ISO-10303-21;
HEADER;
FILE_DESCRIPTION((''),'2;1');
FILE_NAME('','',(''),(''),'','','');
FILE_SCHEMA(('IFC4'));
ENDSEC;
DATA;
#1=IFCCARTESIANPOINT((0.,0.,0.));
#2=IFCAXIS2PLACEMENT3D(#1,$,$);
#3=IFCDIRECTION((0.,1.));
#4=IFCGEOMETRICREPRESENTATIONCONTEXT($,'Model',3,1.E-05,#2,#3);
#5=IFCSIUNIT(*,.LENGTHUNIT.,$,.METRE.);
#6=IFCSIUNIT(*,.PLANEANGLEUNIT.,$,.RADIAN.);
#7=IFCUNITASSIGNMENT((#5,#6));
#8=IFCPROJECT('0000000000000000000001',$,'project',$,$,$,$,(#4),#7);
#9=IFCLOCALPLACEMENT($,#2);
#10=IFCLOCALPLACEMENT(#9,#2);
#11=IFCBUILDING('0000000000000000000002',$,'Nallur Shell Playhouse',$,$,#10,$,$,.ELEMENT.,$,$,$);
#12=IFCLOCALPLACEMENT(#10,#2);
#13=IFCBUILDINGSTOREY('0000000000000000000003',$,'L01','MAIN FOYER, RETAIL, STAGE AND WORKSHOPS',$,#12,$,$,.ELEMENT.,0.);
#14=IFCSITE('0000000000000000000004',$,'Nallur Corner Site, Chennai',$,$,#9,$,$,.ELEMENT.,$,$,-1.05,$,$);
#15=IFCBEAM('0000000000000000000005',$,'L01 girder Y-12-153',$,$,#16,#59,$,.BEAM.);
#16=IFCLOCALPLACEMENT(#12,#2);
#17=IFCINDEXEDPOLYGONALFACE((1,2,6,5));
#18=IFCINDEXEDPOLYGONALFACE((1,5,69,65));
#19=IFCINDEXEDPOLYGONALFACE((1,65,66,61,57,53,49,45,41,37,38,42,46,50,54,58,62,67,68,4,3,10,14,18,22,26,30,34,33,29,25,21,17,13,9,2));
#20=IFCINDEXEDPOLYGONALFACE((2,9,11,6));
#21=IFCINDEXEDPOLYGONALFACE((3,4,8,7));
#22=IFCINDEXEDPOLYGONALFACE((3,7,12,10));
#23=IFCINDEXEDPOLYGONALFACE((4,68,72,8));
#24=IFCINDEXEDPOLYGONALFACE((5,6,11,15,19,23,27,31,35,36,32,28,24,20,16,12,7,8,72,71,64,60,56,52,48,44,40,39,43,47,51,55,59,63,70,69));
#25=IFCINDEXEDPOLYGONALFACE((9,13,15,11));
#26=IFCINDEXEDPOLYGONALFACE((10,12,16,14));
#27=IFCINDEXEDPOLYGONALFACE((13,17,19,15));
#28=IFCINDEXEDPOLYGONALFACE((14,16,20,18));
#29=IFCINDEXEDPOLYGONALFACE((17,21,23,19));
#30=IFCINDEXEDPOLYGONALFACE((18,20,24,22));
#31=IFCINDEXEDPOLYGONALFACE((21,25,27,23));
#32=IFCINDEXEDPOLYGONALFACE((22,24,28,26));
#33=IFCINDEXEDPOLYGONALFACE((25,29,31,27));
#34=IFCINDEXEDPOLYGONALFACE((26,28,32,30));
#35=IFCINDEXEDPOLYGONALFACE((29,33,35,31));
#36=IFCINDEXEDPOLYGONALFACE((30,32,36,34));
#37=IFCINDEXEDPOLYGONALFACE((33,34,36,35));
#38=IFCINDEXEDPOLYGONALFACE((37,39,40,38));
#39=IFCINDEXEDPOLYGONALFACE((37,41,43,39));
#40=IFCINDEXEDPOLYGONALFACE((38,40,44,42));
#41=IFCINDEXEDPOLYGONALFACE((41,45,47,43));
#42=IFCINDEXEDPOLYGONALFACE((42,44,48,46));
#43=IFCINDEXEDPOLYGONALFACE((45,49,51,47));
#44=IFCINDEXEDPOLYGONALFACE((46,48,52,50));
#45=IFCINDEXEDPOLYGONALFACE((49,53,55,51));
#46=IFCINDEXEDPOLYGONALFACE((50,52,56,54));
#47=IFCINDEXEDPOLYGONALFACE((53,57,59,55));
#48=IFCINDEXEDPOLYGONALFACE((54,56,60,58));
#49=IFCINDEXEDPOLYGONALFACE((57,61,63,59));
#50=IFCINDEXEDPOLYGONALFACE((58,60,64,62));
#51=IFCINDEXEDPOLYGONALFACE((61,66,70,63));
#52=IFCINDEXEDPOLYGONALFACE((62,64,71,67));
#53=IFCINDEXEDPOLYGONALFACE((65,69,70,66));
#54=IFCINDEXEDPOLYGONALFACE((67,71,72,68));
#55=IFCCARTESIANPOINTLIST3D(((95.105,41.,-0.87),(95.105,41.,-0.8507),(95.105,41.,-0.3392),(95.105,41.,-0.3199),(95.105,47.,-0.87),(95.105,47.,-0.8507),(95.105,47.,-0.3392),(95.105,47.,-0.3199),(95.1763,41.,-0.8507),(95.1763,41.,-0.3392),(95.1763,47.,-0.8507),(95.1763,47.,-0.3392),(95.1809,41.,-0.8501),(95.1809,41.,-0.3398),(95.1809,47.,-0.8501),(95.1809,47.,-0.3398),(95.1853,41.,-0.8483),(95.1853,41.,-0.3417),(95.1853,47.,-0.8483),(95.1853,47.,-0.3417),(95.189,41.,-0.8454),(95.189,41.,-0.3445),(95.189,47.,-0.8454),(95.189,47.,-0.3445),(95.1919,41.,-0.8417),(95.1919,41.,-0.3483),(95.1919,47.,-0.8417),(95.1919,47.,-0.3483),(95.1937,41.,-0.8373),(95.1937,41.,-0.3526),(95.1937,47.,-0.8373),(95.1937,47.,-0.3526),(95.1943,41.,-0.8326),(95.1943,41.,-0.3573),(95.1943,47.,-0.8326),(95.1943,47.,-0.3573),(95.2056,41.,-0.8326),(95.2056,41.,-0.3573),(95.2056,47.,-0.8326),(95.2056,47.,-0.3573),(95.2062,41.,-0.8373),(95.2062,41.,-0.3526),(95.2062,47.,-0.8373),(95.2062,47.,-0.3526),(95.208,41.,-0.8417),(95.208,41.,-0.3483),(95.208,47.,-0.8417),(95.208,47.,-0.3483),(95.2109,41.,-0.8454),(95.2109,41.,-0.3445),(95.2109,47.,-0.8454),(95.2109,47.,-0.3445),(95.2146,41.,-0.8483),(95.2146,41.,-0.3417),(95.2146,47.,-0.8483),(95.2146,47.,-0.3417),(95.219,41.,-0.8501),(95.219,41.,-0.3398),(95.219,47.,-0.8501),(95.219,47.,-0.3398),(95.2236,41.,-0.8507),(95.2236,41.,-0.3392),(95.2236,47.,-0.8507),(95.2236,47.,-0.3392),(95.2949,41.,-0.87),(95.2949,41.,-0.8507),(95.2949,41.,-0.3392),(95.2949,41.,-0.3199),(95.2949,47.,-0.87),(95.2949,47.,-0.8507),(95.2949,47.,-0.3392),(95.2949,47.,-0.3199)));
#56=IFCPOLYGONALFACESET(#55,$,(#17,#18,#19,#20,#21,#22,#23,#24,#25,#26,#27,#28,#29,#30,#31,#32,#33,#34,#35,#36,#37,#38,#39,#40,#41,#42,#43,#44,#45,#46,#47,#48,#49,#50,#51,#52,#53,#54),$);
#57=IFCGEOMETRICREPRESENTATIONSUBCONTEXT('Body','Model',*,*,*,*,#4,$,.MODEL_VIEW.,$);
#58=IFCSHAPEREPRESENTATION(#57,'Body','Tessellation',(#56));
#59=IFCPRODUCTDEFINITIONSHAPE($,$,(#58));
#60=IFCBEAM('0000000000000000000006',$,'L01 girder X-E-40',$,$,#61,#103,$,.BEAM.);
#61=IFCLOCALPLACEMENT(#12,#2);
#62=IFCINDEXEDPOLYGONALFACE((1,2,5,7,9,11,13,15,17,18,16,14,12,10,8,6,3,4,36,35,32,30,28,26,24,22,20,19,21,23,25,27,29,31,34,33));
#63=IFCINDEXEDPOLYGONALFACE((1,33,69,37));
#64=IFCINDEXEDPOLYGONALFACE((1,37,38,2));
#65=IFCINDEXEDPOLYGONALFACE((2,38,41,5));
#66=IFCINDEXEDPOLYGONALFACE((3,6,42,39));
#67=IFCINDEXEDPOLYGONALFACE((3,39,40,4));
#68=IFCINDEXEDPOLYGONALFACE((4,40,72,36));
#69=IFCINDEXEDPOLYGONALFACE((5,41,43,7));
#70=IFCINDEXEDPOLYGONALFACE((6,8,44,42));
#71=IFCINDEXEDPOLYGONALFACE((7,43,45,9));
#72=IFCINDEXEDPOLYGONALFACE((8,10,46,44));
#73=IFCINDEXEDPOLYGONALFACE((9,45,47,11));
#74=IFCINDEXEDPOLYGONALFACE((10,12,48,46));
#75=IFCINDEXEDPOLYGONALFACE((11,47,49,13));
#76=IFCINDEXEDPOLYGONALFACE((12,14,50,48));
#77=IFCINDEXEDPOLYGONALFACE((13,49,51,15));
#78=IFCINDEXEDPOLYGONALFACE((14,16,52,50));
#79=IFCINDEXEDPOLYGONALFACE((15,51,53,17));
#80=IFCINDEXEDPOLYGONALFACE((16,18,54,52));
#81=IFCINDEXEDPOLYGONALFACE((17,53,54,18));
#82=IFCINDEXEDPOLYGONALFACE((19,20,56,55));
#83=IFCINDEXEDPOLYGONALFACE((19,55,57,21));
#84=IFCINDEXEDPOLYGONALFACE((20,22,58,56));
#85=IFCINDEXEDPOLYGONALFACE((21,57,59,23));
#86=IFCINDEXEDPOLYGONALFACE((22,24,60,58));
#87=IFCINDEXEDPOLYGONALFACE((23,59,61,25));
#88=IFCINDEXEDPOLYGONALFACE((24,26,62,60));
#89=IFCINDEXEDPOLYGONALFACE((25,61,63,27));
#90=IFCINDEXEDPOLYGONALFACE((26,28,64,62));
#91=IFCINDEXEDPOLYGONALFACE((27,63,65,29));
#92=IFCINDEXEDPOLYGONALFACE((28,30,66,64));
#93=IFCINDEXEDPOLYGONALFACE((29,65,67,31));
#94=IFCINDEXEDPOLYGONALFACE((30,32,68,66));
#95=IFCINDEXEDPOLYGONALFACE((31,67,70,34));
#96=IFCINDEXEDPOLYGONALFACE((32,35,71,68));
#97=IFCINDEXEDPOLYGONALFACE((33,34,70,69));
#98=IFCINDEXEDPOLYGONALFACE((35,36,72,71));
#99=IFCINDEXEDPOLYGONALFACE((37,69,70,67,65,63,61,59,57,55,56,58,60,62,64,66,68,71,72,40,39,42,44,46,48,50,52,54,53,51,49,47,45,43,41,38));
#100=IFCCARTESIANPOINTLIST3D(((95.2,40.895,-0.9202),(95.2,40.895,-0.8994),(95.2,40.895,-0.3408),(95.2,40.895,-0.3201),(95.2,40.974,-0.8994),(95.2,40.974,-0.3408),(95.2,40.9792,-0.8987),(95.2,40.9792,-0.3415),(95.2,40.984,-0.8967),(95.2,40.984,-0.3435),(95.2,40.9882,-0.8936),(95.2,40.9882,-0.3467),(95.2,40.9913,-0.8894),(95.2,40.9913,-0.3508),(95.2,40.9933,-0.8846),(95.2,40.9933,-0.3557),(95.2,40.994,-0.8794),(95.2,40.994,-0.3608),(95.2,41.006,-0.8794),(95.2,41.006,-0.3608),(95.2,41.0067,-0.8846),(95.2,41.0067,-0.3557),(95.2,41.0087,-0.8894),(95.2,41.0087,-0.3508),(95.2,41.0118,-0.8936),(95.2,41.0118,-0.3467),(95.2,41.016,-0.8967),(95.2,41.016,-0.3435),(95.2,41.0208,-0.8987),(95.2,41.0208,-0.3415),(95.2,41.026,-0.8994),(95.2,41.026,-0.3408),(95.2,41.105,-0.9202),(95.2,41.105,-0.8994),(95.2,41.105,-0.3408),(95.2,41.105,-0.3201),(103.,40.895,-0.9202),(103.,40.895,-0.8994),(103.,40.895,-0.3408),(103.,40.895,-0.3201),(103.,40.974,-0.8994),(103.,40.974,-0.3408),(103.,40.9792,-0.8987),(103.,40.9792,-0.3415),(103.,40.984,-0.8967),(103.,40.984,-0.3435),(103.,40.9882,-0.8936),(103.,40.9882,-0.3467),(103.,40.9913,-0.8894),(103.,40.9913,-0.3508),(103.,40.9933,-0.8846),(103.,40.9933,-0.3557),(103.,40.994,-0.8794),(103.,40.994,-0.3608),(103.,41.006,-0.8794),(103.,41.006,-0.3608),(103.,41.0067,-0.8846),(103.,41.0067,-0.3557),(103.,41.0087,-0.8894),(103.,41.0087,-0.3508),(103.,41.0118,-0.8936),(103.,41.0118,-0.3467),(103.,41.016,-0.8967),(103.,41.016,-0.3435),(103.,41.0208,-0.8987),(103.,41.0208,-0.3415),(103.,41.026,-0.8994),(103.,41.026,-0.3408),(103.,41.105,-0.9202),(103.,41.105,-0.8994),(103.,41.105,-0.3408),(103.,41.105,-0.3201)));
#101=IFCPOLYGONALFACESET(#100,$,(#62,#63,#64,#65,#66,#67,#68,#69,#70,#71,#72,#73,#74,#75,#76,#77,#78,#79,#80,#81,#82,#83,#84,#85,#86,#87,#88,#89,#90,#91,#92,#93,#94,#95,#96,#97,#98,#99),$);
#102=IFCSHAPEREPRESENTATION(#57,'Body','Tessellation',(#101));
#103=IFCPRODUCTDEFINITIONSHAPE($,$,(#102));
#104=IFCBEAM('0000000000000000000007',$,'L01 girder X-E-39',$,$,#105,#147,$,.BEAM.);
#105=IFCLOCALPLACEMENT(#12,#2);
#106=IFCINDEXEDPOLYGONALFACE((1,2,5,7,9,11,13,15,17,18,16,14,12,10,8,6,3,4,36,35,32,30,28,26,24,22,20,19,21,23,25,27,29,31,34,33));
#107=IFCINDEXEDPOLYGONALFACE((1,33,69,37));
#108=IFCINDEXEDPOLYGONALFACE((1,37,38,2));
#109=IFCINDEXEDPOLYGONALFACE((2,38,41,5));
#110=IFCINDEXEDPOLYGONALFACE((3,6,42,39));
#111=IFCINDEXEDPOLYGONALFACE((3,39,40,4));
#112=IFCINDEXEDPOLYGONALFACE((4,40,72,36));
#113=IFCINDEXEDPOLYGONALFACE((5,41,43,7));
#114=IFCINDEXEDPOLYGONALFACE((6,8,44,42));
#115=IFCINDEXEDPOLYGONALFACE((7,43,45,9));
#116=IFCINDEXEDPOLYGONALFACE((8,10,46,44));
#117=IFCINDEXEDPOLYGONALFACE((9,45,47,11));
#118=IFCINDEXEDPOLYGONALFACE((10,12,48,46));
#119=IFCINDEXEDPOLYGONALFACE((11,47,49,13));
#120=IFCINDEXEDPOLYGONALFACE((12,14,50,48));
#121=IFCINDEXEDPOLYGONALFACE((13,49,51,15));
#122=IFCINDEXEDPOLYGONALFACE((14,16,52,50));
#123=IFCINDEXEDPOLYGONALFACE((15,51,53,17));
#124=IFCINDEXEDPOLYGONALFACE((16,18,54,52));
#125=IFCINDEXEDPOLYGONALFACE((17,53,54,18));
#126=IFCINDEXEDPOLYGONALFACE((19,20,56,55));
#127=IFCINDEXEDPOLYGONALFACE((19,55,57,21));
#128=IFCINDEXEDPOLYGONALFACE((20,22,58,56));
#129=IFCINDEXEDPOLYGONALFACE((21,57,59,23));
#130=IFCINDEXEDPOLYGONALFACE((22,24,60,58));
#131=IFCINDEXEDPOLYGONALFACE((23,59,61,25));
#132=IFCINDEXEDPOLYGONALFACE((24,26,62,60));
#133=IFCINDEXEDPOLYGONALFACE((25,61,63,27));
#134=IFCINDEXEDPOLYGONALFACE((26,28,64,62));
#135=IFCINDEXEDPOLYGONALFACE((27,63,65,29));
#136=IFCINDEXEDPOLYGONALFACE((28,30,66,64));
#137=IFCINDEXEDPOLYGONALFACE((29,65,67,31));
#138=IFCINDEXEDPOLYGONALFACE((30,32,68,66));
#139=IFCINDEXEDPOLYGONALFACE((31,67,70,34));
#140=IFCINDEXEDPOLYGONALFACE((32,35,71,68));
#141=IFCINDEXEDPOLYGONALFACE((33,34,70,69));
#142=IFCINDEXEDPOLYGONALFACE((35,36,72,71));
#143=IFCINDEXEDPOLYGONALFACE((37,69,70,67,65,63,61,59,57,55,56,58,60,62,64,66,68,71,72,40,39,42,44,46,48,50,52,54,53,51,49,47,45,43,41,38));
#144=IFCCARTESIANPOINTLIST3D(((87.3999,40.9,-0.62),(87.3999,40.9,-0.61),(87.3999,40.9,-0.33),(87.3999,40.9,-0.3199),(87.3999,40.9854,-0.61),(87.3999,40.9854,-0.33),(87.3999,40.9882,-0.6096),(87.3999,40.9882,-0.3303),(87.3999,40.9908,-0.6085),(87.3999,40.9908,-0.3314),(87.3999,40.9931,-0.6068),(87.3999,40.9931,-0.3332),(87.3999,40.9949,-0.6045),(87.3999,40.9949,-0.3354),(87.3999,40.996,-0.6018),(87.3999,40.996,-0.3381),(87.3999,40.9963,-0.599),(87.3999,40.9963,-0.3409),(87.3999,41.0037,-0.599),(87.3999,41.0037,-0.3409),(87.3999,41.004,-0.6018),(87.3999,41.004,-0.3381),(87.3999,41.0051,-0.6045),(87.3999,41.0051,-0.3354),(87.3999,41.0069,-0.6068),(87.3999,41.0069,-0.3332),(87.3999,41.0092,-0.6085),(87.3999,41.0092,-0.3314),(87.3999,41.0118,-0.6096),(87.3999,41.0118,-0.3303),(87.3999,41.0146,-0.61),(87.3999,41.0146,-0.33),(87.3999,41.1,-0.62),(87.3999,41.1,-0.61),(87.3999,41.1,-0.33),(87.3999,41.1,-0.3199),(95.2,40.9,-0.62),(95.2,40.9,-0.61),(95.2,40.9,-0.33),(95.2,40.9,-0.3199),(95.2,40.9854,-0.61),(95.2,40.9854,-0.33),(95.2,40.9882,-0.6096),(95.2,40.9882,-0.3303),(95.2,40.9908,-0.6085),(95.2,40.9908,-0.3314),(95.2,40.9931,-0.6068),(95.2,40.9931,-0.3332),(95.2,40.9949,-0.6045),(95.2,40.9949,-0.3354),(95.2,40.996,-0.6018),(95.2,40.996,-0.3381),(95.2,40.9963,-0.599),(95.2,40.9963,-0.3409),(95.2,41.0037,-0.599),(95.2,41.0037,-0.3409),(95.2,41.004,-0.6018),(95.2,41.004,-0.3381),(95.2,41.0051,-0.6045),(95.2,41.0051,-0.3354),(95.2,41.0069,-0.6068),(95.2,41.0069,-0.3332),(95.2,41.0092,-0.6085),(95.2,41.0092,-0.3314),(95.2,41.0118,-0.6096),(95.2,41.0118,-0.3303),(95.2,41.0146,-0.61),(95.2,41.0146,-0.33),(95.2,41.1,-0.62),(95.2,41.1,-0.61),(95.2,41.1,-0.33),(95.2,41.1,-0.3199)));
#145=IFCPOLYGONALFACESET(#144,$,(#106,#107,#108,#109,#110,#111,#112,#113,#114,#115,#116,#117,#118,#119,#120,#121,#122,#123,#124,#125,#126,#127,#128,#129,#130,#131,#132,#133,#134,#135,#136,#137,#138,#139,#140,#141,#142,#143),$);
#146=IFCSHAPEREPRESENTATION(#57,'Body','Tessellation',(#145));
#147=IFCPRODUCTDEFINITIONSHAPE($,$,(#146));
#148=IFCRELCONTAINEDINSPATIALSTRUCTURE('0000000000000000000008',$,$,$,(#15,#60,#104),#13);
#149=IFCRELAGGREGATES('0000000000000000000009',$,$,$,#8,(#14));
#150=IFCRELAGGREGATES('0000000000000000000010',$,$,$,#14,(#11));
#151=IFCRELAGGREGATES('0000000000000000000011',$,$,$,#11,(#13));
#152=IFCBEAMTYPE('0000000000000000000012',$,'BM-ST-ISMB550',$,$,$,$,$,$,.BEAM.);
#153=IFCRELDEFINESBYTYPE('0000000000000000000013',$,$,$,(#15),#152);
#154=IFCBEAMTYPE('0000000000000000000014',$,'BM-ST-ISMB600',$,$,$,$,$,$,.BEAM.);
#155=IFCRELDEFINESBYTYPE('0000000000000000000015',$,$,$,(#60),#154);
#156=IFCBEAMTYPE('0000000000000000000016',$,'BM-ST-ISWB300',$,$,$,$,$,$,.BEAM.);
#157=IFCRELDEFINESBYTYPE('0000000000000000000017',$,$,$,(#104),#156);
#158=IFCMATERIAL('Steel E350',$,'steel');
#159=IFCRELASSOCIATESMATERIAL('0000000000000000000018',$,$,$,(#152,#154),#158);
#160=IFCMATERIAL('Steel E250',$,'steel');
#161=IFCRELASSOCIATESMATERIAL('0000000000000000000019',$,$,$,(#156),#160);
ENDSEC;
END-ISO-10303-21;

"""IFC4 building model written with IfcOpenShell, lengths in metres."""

from ifc_helpers import new_model, si_unit, direction, frame, origin, origin_2d, place, context, subcontext, project, spatial, i_section, extrude, material, material_profile, profile_set, type_object, element, save


model = new_model("IFC4")

# Units and contexts
model_context = context("Model", 3, precision=1e-05, world=origin(), true_north=direction((0.0, 1.0)))
body_context = subcontext(model_context, "Body", "Model", "MODEL_VIEW")
ifc_project = project(units=[si_unit("LENGTHUNIT", "METRE"), si_unit("PLANEANGLEUNIT", "RADIAN")], contexts=[model_context])

# Site, building, storey
site_placement = place(None, origin())
site = spatial("IfcSite", under=ifc_project, at=site_placement, Name="Nallur Corner Site, Chennai", CompositionType="ELEMENT", RefElevation=-1.05)
building_placement = place(site_placement, origin())
building = spatial("IfcBuilding", under=site, at=building_placement, Name="Nallur Shell Playhouse", CompositionType="ELEMENT")
storey_placement = place(building_placement, origin())
storey = spatial("IfcBuildingStorey", under=building, at=storey_placement, Name="L01", Description="MAIN FOYER, RETAIL, STAGE AND WORKSHOPS", CompositionType="ELEMENT", Elevation=0.0)

# Beams
ifc_material_1 = material(Name="Steel E250", Category="steel")
ifc_material_2 = material(Name="Steel E350", Category="steel")
ifc_material_profile_1 = material_profile(ifc_material_2, i_section(OverallWidth=0.1899, OverallDepth=0.55, WebThickness=0.0112, FlangeThickness=0.0193, FilletRadius=0.0181, at=origin_2d()), Name="ISMB 550")
ifc_profile_set_1 = profile_set([ifc_material_profile_1], Name="Steel E350")
beam_type_1 = type_object("IfcBeamType", Name="BM-ST-ISMB550", PredefinedType="BEAM", material=ifc_profile_set_1)
beam_1_placement = place(storey_placement, frame((95.2, 41.0, -0.595), z_axis=(0.0, 1.0, 0.0), x_axis=(-1.0, 0.0, 0.0)))
element("IfcBeam", 1, at=beam_1_placement, inside=storey, type_object=beam_type_1, Name="L01 girder Y-12-153", PredefinedType="BEAM", context=body_context, shape_type="SweptSolid", body=[
    extrude(i_section(OverallWidth=0.1899, OverallDepth=0.55, WebThickness=0.0112, FlangeThickness=0.0193, FilletRadius=0.0181, at=origin_2d()), origin(), (0.0, 0.0, 1.0), 6.0),
])
ifc_material_profile_2 = material_profile(ifc_material_2, i_section(OverallWidth=0.21, OverallDepth=0.6001, WebThickness=0.012, FlangeThickness=0.0208, FilletRadius=0.02, at=origin_2d()), Name="ISMB 600")
ifc_profile_set_2 = profile_set([ifc_material_profile_2], Name="Steel E350")
beam_type_2 = type_object("IfcBeamType", Name="BM-ST-ISMB600", PredefinedType="BEAM", material=ifc_profile_set_2)
beam_2_placement = place(storey_placement, frame((95.2, 41.0, -0.6201), z_axis=(1.0, 0.0, 0.0), x_axis=(0.0, 1.0, 0.0)))
element("IfcBeam", 2, at=beam_2_placement, inside=storey, type_object=beam_type_2, Name="L01 girder X-E-40", PredefinedType="BEAM", context=body_context, shape_type="SweptSolid", body=[
    extrude(i_section(OverallWidth=0.21, OverallDepth=0.6001, WebThickness=0.012, FlangeThickness=0.0208, FilletRadius=0.02, at=origin_2d()), origin(), (0.0, 0.0, 1.0), 7.8),
])
ifc_material_profile_3 = material_profile(ifc_material_1, i_section(OverallWidth=0.2, OverallDepth=0.3, WebThickness=0.0073, FlangeThickness=0.01, FilletRadius=0.011, at=origin_2d()), Name="ISWB 300")
ifc_profile_set_3 = profile_set([ifc_material_profile_3], Name="Steel E250")
beam_type_3 = type_object("IfcBeamType", Name="BM-ST-ISWB300", PredefinedType="BEAM", material=ifc_profile_set_3)
beam_3_placement = place(storey_placement, frame((87.3999, 41.0, -0.47), z_axis=(1.0, 0.0, 0.0), x_axis=(0.0, 1.0, 0.0)))
element("IfcBeam", 3, at=beam_3_placement, inside=storey, type_object=beam_type_3, Name="L01 girder X-E-39", PredefinedType="BEAM", context=body_context, shape_type="SweptSolid", body=[
    extrude(i_section(OverallWidth=0.2, OverallDepth=0.3, WebThickness=0.0073, FlangeThickness=0.01, FilletRadius=0.011, at=origin_2d()), origin(), (0.0, 0.0, 1.0), 7.8),
])

save(model, "model.ifc")
